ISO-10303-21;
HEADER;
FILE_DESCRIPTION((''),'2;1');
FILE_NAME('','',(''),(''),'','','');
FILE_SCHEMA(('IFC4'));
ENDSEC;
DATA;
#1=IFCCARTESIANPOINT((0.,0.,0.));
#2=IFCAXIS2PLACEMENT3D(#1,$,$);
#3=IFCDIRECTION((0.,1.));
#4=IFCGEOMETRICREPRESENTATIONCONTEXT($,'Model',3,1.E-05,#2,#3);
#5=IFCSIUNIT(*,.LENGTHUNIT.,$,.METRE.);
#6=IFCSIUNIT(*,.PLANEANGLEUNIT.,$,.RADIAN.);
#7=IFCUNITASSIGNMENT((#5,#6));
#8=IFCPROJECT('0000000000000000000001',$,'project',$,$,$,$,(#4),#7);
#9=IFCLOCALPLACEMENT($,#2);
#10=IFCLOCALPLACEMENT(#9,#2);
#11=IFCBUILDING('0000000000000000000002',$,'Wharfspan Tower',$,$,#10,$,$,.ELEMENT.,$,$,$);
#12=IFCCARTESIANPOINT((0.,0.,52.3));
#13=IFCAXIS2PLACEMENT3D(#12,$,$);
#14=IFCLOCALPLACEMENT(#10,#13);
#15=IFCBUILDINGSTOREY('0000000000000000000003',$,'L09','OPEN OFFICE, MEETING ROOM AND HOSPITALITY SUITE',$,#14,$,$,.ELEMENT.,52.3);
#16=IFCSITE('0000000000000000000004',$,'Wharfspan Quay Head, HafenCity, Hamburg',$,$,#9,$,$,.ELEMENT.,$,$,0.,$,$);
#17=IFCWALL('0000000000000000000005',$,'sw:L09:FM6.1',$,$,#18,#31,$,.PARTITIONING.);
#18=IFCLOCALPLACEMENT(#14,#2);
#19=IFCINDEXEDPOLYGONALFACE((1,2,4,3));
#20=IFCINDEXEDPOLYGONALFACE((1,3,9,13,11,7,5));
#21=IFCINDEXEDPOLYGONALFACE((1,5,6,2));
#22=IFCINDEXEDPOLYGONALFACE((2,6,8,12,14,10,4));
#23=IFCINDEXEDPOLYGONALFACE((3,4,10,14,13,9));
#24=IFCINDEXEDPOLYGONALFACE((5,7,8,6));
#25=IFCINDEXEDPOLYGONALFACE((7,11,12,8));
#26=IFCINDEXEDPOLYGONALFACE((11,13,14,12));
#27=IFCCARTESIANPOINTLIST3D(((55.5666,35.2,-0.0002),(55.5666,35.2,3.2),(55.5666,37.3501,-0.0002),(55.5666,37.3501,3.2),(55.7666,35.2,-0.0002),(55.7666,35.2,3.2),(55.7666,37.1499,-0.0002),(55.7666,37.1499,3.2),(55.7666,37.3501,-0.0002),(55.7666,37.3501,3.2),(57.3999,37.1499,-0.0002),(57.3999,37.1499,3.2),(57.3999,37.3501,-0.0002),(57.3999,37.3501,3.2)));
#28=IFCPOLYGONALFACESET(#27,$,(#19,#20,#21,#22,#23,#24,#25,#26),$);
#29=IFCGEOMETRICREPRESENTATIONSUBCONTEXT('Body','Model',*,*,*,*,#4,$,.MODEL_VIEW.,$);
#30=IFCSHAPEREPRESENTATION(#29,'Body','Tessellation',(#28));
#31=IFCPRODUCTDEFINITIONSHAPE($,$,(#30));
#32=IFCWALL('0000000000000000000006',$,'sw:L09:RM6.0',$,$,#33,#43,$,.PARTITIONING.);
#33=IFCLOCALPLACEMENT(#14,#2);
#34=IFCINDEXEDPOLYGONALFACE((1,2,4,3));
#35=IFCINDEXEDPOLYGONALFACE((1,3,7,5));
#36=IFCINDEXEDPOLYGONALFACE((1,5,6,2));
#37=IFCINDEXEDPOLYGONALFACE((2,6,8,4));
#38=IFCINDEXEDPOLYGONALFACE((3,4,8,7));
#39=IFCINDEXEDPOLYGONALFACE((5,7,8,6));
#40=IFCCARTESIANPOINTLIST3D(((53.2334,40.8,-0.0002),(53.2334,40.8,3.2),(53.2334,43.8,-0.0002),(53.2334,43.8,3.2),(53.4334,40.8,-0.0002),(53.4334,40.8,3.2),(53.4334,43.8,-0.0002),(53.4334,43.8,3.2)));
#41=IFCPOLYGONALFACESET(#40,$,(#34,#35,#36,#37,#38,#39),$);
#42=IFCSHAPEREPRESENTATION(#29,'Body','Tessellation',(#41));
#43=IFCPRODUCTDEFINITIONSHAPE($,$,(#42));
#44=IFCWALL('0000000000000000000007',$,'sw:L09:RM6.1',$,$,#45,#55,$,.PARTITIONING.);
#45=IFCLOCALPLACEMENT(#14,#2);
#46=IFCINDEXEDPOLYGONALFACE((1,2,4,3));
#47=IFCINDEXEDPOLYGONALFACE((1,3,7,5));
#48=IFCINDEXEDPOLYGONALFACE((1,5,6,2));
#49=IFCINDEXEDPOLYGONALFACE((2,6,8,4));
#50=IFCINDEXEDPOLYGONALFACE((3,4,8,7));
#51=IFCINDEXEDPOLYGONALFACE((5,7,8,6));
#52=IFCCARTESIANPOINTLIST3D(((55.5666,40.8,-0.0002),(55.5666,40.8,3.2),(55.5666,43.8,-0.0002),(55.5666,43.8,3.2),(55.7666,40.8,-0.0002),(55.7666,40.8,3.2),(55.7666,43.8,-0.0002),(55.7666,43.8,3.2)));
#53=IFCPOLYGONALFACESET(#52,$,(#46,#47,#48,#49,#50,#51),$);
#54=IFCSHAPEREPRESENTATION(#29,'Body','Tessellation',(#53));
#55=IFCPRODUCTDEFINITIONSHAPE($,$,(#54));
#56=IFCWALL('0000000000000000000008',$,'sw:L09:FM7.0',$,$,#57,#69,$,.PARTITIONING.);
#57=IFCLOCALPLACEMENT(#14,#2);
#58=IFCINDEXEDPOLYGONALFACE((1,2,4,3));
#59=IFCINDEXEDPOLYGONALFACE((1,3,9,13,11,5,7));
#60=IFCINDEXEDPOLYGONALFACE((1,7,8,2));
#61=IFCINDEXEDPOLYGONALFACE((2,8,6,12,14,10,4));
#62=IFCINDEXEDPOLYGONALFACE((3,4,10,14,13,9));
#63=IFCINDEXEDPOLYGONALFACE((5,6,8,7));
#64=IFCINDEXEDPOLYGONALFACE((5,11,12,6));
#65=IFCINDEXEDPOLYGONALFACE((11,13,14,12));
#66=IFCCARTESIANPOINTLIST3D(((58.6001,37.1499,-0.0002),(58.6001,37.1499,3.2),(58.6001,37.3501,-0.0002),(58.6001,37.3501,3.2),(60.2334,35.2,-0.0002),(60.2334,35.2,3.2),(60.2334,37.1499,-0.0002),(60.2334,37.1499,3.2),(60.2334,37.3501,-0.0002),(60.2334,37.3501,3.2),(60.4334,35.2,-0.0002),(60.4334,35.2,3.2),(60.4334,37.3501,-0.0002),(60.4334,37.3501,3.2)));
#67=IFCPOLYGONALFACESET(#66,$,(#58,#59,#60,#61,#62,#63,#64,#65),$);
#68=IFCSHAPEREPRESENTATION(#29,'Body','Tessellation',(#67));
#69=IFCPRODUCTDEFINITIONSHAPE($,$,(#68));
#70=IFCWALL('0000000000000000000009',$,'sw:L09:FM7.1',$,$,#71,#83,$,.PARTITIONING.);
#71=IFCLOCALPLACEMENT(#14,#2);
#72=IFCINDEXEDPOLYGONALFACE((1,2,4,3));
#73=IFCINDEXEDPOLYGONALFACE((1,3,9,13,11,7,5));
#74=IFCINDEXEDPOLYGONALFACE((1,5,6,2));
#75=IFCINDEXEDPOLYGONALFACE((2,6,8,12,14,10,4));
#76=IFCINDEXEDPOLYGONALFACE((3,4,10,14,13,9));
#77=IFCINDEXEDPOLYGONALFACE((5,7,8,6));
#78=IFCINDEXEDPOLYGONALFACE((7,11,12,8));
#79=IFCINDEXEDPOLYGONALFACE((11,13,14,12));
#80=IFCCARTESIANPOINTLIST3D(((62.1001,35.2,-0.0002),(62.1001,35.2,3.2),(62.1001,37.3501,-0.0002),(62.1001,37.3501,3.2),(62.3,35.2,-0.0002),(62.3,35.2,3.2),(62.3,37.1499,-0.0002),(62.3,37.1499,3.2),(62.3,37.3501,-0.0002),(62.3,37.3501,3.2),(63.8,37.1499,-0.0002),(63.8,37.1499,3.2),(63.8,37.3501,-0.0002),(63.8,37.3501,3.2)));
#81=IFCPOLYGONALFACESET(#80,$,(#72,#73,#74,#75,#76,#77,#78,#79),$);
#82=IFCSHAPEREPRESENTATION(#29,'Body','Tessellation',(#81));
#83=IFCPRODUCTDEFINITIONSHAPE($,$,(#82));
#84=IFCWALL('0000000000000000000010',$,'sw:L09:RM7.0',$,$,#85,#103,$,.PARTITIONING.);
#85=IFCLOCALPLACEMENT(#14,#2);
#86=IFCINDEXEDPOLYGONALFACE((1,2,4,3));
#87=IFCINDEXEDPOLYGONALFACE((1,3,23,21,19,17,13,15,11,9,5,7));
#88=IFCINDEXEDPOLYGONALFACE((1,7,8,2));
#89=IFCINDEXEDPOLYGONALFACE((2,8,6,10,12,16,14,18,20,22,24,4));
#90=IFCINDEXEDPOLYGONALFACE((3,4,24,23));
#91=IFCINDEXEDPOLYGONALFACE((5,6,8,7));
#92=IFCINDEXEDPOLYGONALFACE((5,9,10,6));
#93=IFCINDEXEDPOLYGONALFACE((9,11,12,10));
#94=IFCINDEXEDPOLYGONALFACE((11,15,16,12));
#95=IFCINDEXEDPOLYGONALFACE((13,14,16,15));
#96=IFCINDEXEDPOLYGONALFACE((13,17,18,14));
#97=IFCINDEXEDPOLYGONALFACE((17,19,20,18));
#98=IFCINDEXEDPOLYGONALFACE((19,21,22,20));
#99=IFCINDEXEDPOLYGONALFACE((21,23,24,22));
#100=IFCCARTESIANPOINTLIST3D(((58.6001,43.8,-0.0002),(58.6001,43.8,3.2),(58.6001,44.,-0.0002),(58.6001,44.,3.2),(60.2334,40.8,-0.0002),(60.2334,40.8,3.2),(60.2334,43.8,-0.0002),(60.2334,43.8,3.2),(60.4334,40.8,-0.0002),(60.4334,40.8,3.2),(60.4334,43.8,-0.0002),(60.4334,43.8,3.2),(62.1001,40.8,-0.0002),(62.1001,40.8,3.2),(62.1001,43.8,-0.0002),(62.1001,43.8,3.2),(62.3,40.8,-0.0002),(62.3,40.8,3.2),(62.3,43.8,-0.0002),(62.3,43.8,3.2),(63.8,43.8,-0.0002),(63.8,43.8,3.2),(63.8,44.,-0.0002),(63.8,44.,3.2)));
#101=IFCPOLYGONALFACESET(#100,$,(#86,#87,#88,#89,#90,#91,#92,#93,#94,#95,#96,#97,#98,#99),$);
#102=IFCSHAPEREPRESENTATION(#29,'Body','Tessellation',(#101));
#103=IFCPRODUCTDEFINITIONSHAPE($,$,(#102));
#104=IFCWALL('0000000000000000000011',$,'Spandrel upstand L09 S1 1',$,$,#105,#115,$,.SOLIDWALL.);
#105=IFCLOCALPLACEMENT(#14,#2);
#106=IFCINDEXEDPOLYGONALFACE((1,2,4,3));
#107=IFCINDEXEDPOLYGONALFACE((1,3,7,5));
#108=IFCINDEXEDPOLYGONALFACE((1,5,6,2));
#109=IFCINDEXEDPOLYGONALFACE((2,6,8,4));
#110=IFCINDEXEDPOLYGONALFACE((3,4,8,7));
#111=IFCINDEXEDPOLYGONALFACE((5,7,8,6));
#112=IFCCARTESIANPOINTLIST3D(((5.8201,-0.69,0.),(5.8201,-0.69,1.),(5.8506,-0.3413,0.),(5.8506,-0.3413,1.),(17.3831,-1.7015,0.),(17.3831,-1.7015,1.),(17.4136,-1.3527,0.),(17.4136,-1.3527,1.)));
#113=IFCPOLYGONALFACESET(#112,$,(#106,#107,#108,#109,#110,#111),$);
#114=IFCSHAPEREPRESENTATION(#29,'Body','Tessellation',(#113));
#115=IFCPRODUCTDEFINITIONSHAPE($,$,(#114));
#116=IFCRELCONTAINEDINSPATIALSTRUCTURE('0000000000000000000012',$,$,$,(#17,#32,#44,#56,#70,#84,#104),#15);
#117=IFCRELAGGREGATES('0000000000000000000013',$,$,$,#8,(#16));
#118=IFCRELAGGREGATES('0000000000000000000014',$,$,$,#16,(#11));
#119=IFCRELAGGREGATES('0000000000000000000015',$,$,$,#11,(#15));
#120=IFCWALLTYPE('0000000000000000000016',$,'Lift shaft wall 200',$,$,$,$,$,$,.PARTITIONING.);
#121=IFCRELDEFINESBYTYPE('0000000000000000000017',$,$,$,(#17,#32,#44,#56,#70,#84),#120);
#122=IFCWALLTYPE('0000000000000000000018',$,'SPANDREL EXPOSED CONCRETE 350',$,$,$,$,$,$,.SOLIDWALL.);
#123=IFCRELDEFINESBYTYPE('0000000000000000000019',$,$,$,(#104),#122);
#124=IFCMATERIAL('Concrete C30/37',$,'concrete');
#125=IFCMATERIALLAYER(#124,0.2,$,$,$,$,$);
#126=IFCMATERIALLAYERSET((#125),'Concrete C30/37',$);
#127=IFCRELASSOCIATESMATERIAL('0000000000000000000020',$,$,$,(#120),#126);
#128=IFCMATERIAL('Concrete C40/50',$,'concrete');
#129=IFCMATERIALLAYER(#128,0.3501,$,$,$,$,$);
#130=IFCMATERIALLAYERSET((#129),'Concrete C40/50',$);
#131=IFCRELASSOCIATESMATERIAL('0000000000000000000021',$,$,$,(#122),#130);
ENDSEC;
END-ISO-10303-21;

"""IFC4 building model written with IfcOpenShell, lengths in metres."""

from ifc_helpers import new_model, si_unit, direction, frame, frame_2d, origin, place, context, subcontext, project, spatial, polyline, rectangle, outline, extrude, material, layer, layer_set, type_object, element, save


model = new_model("IFC4")

# Units and contexts
model_context = context("Model", 3, precision=1e-05, world=origin(), true_north=direction((0.0, 1.0)))
body_context = subcontext(model_context, "Body", "Model", "MODEL_VIEW")
ifc_project = project(units=[si_unit("LENGTHUNIT", "METRE"), si_unit("PLANEANGLEUNIT", "RADIAN")], contexts=[model_context])

# Site, building, storey
site_placement = place(None, origin())
site = spatial("IfcSite", under=ifc_project, at=site_placement, Name="Wharfspan Quay Head, HafenCity, Hamburg", CompositionType="ELEMENT", RefElevation=0.0)
building_placement = place(site_placement, origin())
building = spatial("IfcBuilding", under=site, at=building_placement, Name="Wharfspan Tower", CompositionType="ELEMENT")
storey_placement = place(building_placement, frame((0.0, 0.0, 52.3)))
storey = spatial("IfcBuildingStorey", under=building, at=storey_placement, Name="L09", Description="OPEN OFFICE, MEETING ROOM AND HOSPITALITY SUITE", CompositionType="ELEMENT", Elevation=52.3)

# Shared definitions
ifc_material_1 = material(Name="Concrete C40/50", Category="concrete")

# Walls
ifc_material_2 = material(Name="Concrete C30/37", Category="concrete")
ifc_layer_1 = layer(ifc_material_2, 0.2)
ifc_layer_set_1 = layer_set([ifc_layer_1], Name="Concrete C30/37")
wall_type_1 = type_object("IfcWallType", Name="Lift shaft wall 200", PredefinedType="PARTITIONING", material=ifc_layer_set_1)
wall_1_placement = place(storey_placement, frame((0.0, 0.0, -0.0002)))
element("IfcWall", 1, at=wall_1_placement, inside=storey, type_object=wall_type_1, Name="sw:L09:FM6.1", PredefinedType="PARTITIONING", context=body_context, shape_type="SweptSolid", body=[
    extrude(outline(polyline([(55.5667, 37.3501), (55.7666, 37.3501), (57.3999, 37.3501), (57.3999, 37.1499), (55.7666, 37.1499), (55.7666, 35.2), (55.5667, 35.2), (55.5667, 37.3501)])), origin(), (0.0, 0.0, 1.0), 3.2002),
])
wall_2_placement = place(storey_placement, frame((0.0, 0.0, -0.0002)))
element("IfcWall", 2, at=wall_2_placement, inside=storey, type_object=wall_type_1, Name="sw:L09:RM6.0", PredefinedType="PARTITIONING", context=body_context, shape_type="SweptSolid", body=[
    extrude(outline(polyline([(53.2334, 40.8), (53.2334, 43.8), (53.4333, 43.8), (53.4333, 40.8), (53.2334, 40.8)])), origin(), (0.0, 0.0, 1.0), 3.2002),
])
wall_3_placement = place(storey_placement, frame((0.0, 0.0, -0.0002)))
element("IfcWall", 3, at=wall_3_placement, inside=storey, type_object=wall_type_1, Name="sw:L09:RM6.1", PredefinedType="PARTITIONING", context=body_context, shape_type="SweptSolid", body=[
    extrude(outline(polyline([(55.5667, 40.8), (55.5667, 43.8), (55.7666, 43.8), (55.7666, 40.8), (55.5667, 40.8)])), origin(), (0.0, 0.0, 1.0), 3.2002),
])
wall_4_placement = place(storey_placement, frame((0.0, 0.0, -0.0002)))
element("IfcWall", 4, at=wall_4_placement, inside=storey, type_object=wall_type_1, Name="sw:L09:FM7.0", PredefinedType="PARTITIONING", context=body_context, shape_type="SweptSolid", body=[
    extrude(outline(polyline([(60.2334, 37.1499), (58.6001, 37.1499), (58.6001, 37.3501), (60.2334, 37.3501), (60.4333, 37.3501), (60.4333, 35.2), (60.2334, 35.2), (60.2334, 37.1499)])), origin(), (0.0, 0.0, 1.0), 3.2002),
])
wall_5_placement = place(storey_placement, frame((0.0, 0.0, -0.0002)))
element("IfcWall", 5, at=wall_5_placement, inside=storey, type_object=wall_type_1, Name="sw:L09:FM7.1", PredefinedType="PARTITIONING", context=body_context, shape_type="SweptSolid", body=[
    extrude(outline(polyline([(62.1001, 37.3501), (62.3, 37.3501), (63.8, 37.3501), (63.8, 37.1499), (62.3, 37.1499), (62.3, 35.2), (62.1001, 35.2), (62.1001, 37.3501)])), origin(), (0.0, 0.0, 1.0), 3.2002),
])
wall_6_placement = place(storey_placement, frame((0.0, 0.0, -0.0002)))
element("IfcWall", 6, at=wall_6_placement, inside=storey, type_object=wall_type_1, Name="sw:L09:RM7.0", PredefinedType="PARTITIONING", context=body_context, shape_type="SweptSolid", body=[
    extrude(outline(polyline([(60.4333, 40.8), (60.2334, 40.8), (60.2334, 43.8), (58.6001, 43.8), (58.6001, 44.0), (63.8, 44.0), (63.8, 43.8), (62.3, 43.8), (62.3, 40.8), (62.1001, 40.8), (62.1001, 43.8), (60.4333, 43.8), (60.4333, 40.8)])), origin(), (0.0, 0.0, 1.0), 3.2002),
])
ifc_layer_2 = layer(ifc_material_1, 0.3501)
ifc_layer_set_2 = layer_set([ifc_layer_2], Name="Concrete C40/50")
wall_type_2 = type_object("IfcWallType", Name="SPANDREL EXPOSED CONCRETE 350", PredefinedType="SOLIDWALL", material=ifc_layer_set_2)
wall_7_placement = place(storey_placement, frame((5.8352, -0.5156, 0.0), z_axis=(0.0, 0.0, 1.0), x_axis=(0.996192, -0.087142, 0.0)))
element("IfcWall", 7, at=wall_7_placement, inside=storey, type_object=wall_type_2, Name="Spandrel upstand L09 S1 1", PredefinedType="SOLIDWALL", context=body_context, shape_type="SweptSolid", body=[
    extrude(rectangle(XDim=11.6072, YDim=0.3501, at=frame_2d((5.8037, 0.0))), origin(), (0.0, 0.0, 1.0), 1.0),
])

save(model, "model.ifc")
